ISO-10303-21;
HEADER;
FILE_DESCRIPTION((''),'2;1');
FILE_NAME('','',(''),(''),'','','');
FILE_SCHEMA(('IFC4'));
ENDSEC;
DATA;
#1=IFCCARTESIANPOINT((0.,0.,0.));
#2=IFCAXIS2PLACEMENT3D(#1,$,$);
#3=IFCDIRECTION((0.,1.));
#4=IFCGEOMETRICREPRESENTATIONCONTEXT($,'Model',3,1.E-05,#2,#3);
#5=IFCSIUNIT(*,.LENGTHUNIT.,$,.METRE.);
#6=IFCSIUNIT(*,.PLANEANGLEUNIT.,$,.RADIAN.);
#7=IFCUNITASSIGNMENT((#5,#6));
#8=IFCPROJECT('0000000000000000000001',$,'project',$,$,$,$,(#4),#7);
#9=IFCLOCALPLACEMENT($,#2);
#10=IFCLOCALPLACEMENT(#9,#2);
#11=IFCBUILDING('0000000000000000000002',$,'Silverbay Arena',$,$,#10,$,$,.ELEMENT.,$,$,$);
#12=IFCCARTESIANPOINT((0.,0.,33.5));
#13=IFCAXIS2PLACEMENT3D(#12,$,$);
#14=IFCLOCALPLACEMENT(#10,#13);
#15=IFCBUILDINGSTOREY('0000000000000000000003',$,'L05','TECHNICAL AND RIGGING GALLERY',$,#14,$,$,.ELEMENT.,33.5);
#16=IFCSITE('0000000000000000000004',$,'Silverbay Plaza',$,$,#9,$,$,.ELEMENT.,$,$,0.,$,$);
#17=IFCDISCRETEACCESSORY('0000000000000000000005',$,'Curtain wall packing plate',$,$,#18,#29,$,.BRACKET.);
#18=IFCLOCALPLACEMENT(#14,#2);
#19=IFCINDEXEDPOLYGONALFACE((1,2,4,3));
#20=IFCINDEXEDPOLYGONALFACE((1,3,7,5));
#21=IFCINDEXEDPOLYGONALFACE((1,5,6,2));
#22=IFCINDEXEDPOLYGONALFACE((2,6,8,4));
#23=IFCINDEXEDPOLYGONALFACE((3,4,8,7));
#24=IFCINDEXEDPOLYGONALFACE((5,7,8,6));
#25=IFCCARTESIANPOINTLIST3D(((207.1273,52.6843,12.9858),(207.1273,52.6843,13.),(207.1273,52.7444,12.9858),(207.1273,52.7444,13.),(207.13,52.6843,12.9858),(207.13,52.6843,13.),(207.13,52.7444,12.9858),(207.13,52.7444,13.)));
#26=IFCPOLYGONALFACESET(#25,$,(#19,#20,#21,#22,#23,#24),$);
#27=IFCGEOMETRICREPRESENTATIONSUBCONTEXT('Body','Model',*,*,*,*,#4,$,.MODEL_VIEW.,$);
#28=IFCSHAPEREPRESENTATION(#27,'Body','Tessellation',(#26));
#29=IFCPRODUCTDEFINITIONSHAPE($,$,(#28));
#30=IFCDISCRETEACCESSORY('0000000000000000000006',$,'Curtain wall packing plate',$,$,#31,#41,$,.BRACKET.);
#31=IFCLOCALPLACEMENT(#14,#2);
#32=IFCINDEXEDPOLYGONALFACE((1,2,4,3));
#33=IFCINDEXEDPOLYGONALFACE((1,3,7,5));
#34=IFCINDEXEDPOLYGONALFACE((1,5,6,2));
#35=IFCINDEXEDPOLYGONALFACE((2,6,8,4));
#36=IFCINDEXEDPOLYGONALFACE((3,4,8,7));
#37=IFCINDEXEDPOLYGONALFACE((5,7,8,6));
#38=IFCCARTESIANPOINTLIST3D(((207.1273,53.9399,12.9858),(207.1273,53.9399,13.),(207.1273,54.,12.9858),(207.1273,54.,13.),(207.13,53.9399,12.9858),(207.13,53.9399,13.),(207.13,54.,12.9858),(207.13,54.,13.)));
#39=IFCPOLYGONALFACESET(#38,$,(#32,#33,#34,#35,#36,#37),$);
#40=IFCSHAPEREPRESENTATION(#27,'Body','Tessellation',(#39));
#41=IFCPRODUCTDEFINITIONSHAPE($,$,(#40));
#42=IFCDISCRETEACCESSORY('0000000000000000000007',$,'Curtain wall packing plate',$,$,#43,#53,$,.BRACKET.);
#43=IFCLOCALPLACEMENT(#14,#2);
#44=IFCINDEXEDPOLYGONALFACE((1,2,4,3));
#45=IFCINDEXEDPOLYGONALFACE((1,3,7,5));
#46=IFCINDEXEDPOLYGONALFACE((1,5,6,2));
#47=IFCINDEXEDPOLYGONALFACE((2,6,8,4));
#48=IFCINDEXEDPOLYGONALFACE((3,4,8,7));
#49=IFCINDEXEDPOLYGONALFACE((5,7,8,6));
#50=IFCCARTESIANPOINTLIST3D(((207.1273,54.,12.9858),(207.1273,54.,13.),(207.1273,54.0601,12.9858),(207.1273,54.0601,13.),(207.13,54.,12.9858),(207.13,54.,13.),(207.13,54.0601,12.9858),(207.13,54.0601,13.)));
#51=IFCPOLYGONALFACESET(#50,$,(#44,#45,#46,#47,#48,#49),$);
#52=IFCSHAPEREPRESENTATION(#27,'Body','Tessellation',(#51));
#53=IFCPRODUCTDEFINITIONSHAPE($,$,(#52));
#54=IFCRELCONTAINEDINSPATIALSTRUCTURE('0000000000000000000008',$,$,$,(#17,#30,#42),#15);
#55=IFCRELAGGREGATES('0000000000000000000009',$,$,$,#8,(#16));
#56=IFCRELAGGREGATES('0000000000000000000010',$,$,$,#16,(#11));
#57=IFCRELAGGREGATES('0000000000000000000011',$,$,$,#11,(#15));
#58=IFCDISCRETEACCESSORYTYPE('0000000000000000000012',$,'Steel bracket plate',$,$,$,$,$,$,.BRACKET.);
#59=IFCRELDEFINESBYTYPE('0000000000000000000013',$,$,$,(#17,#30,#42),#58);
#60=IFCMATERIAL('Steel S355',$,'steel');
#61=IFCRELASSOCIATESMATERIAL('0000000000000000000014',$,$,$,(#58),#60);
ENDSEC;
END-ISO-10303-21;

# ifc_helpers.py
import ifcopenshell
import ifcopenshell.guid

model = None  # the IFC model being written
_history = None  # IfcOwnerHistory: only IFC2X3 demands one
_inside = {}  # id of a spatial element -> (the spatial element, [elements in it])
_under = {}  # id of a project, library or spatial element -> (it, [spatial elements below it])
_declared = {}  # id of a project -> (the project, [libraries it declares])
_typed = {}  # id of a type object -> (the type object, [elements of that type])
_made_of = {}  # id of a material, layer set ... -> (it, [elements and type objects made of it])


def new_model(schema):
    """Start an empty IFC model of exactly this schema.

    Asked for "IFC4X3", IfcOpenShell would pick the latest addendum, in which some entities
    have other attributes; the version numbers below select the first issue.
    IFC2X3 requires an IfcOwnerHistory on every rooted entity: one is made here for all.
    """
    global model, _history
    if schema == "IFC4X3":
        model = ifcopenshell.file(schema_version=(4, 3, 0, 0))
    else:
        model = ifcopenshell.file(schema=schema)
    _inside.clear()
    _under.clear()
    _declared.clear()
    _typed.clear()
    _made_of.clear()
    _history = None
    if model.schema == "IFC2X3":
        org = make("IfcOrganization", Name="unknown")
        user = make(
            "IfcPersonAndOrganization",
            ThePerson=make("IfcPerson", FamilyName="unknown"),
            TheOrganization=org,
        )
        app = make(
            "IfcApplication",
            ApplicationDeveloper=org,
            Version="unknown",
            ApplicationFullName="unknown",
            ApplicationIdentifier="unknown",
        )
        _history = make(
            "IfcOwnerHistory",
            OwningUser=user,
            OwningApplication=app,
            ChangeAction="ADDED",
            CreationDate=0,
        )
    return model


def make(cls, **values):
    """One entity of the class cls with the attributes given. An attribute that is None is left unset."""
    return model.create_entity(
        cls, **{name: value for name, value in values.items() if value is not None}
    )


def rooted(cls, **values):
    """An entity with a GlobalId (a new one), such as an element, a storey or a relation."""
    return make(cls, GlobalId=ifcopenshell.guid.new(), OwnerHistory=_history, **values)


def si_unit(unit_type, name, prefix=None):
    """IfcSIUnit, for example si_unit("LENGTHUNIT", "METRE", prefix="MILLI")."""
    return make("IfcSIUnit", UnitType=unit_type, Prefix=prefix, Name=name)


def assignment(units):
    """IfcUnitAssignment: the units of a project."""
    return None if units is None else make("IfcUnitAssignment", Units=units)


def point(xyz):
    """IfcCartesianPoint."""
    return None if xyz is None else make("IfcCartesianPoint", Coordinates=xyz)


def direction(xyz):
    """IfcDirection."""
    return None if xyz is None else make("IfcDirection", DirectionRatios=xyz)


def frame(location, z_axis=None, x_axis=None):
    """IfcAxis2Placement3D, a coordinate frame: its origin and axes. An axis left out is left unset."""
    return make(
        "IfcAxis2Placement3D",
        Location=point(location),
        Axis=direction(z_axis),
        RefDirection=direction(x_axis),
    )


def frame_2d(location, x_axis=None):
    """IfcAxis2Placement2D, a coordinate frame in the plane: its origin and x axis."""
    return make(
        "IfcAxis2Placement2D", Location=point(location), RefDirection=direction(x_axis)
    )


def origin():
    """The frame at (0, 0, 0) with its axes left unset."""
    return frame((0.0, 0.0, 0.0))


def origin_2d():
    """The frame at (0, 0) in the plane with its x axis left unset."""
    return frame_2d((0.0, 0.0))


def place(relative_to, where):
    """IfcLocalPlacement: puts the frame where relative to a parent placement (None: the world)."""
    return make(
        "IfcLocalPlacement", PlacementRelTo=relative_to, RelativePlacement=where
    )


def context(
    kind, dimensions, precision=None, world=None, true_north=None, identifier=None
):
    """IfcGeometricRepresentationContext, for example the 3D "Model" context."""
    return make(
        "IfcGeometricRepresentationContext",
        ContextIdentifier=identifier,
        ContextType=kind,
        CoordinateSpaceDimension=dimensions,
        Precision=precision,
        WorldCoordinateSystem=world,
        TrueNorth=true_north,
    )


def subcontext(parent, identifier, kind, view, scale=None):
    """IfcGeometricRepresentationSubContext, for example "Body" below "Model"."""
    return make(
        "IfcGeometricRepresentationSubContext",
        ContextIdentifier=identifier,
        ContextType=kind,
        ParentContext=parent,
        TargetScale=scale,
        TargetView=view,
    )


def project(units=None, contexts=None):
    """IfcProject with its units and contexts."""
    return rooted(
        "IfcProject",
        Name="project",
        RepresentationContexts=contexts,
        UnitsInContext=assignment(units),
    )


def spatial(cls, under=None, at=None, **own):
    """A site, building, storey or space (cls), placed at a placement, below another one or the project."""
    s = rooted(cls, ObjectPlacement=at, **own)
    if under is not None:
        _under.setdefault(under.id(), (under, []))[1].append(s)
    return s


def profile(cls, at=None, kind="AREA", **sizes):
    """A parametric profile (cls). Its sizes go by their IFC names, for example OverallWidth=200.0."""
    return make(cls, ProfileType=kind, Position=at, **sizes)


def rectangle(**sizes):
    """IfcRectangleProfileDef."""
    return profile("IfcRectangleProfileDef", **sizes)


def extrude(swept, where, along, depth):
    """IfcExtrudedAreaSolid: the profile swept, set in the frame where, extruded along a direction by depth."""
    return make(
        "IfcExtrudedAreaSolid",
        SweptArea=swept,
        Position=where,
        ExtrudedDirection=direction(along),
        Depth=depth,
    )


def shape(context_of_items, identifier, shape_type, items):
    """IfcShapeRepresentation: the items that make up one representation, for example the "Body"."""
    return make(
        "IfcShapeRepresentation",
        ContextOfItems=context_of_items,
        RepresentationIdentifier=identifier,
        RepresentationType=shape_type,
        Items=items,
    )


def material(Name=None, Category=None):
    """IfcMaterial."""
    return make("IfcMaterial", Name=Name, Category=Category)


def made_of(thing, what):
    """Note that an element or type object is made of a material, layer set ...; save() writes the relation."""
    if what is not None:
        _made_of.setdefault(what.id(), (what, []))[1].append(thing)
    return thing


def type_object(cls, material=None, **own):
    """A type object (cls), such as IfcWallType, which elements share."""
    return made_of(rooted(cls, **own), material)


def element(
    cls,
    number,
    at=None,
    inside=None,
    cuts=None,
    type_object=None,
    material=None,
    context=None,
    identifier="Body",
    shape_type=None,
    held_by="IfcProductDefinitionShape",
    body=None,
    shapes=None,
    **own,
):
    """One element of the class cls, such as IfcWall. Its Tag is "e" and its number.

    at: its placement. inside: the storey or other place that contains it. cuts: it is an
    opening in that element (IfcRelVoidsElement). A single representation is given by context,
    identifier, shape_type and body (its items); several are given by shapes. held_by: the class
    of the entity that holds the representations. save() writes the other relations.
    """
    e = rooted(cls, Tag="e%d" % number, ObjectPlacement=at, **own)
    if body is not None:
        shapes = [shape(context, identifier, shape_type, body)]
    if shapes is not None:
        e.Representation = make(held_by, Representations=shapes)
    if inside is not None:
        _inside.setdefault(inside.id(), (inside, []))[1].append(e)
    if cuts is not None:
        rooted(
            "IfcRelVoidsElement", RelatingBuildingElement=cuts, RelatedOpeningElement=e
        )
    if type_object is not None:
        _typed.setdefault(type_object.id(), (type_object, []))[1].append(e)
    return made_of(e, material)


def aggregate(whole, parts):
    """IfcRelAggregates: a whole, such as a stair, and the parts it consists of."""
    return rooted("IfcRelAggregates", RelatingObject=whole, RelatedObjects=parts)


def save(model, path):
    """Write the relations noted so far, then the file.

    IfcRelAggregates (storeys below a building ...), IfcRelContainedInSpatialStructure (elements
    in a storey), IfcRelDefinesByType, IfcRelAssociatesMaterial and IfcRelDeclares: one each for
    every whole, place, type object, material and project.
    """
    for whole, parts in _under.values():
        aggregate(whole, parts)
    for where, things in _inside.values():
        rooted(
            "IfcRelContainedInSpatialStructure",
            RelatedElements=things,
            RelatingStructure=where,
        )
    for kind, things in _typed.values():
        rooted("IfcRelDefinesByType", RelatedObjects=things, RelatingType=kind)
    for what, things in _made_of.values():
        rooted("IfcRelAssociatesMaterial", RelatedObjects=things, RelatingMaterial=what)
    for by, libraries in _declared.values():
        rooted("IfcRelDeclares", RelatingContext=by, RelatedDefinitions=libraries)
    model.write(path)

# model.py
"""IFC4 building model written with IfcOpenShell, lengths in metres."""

from ifc_helpers import new_model, si_unit, direction, frame, origin, origin_2d, place, context, subcontext, project, spatial, rectangle, extrude, material, type_object, element, save


model = new_model("IFC4")

# Units and contexts
model_context = context("Model", 3, precision=1e-05, world=origin(), true_north=direction((0.0, 1.0)))
body_context = subcontext(model_context, "Body", "Model", "MODEL_VIEW")
ifc_project = project(units=[si_unit("LENGTHUNIT", "METRE"), si_unit("PLANEANGLEUNIT", "RADIAN")], contexts=[model_context])

# Site, building, storey
site_placement = place(None, origin())
site = spatial("IfcSite", under=ifc_project, at=site_placement, Name="Silverbay Plaza", CompositionType="ELEMENT", RefElevation=0.0)
building_placement = place(site_placement, origin())
building = spatial("IfcBuilding", under=site, at=building_placement, Name="Silverbay Arena", CompositionType="ELEMENT")
storey_placement = place(building_placement, frame((0.0, 0.0, 33.5)))
storey = spatial("IfcBuildingStorey", under=building, at=storey_placement, Name="L05", Description="TECHNICAL AND RIGGING GALLERY", CompositionType="ELEMENT", Elevation=33.5)

# Discrete accessories
ifc_material_1 = material(Name="Steel S355", Category="steel")
discrete_accessory_type = type_object("IfcDiscreteAccessoryType", Name="Steel bracket plate", PredefinedType="BRACKET", material=ifc_material_1)
for number, where, z_axis, x_axis, name in (
    (1, (207.1287, 52.7144, 12.9858), (0.0, 0.0, 1.0), (1.0, 0.0, 0.0), "Curtain wall packing plate"),
    (2, (207.1287, 53.97, 12.9858), (0.0, 0.0, 1.0), (1.0, 0.0, 0.0), "Curtain wall packing plate"),
    (3, (207.1287, 54.03, 12.9858), (0.0, 0.0, 1.0), (1.0, 0.0, 0.0), "Curtain wall packing plate"),
):
    element("IfcDiscreteAccessory", number, at=place(storey_placement, frame(where, z_axis=z_axis, x_axis=x_axis)), inside=storey, type_object=discrete_accessory_type, Name=name, PredefinedType="BRACKET", context=body_context, shape_type="SweptSolid", body=[
        extrude(rectangle(XDim=0.0027, YDim=0.0601, at=origin_2d()), origin(), (0.0, 0.0, 1.0), 0.0142),
    ])

save(model, "model.ifc")
